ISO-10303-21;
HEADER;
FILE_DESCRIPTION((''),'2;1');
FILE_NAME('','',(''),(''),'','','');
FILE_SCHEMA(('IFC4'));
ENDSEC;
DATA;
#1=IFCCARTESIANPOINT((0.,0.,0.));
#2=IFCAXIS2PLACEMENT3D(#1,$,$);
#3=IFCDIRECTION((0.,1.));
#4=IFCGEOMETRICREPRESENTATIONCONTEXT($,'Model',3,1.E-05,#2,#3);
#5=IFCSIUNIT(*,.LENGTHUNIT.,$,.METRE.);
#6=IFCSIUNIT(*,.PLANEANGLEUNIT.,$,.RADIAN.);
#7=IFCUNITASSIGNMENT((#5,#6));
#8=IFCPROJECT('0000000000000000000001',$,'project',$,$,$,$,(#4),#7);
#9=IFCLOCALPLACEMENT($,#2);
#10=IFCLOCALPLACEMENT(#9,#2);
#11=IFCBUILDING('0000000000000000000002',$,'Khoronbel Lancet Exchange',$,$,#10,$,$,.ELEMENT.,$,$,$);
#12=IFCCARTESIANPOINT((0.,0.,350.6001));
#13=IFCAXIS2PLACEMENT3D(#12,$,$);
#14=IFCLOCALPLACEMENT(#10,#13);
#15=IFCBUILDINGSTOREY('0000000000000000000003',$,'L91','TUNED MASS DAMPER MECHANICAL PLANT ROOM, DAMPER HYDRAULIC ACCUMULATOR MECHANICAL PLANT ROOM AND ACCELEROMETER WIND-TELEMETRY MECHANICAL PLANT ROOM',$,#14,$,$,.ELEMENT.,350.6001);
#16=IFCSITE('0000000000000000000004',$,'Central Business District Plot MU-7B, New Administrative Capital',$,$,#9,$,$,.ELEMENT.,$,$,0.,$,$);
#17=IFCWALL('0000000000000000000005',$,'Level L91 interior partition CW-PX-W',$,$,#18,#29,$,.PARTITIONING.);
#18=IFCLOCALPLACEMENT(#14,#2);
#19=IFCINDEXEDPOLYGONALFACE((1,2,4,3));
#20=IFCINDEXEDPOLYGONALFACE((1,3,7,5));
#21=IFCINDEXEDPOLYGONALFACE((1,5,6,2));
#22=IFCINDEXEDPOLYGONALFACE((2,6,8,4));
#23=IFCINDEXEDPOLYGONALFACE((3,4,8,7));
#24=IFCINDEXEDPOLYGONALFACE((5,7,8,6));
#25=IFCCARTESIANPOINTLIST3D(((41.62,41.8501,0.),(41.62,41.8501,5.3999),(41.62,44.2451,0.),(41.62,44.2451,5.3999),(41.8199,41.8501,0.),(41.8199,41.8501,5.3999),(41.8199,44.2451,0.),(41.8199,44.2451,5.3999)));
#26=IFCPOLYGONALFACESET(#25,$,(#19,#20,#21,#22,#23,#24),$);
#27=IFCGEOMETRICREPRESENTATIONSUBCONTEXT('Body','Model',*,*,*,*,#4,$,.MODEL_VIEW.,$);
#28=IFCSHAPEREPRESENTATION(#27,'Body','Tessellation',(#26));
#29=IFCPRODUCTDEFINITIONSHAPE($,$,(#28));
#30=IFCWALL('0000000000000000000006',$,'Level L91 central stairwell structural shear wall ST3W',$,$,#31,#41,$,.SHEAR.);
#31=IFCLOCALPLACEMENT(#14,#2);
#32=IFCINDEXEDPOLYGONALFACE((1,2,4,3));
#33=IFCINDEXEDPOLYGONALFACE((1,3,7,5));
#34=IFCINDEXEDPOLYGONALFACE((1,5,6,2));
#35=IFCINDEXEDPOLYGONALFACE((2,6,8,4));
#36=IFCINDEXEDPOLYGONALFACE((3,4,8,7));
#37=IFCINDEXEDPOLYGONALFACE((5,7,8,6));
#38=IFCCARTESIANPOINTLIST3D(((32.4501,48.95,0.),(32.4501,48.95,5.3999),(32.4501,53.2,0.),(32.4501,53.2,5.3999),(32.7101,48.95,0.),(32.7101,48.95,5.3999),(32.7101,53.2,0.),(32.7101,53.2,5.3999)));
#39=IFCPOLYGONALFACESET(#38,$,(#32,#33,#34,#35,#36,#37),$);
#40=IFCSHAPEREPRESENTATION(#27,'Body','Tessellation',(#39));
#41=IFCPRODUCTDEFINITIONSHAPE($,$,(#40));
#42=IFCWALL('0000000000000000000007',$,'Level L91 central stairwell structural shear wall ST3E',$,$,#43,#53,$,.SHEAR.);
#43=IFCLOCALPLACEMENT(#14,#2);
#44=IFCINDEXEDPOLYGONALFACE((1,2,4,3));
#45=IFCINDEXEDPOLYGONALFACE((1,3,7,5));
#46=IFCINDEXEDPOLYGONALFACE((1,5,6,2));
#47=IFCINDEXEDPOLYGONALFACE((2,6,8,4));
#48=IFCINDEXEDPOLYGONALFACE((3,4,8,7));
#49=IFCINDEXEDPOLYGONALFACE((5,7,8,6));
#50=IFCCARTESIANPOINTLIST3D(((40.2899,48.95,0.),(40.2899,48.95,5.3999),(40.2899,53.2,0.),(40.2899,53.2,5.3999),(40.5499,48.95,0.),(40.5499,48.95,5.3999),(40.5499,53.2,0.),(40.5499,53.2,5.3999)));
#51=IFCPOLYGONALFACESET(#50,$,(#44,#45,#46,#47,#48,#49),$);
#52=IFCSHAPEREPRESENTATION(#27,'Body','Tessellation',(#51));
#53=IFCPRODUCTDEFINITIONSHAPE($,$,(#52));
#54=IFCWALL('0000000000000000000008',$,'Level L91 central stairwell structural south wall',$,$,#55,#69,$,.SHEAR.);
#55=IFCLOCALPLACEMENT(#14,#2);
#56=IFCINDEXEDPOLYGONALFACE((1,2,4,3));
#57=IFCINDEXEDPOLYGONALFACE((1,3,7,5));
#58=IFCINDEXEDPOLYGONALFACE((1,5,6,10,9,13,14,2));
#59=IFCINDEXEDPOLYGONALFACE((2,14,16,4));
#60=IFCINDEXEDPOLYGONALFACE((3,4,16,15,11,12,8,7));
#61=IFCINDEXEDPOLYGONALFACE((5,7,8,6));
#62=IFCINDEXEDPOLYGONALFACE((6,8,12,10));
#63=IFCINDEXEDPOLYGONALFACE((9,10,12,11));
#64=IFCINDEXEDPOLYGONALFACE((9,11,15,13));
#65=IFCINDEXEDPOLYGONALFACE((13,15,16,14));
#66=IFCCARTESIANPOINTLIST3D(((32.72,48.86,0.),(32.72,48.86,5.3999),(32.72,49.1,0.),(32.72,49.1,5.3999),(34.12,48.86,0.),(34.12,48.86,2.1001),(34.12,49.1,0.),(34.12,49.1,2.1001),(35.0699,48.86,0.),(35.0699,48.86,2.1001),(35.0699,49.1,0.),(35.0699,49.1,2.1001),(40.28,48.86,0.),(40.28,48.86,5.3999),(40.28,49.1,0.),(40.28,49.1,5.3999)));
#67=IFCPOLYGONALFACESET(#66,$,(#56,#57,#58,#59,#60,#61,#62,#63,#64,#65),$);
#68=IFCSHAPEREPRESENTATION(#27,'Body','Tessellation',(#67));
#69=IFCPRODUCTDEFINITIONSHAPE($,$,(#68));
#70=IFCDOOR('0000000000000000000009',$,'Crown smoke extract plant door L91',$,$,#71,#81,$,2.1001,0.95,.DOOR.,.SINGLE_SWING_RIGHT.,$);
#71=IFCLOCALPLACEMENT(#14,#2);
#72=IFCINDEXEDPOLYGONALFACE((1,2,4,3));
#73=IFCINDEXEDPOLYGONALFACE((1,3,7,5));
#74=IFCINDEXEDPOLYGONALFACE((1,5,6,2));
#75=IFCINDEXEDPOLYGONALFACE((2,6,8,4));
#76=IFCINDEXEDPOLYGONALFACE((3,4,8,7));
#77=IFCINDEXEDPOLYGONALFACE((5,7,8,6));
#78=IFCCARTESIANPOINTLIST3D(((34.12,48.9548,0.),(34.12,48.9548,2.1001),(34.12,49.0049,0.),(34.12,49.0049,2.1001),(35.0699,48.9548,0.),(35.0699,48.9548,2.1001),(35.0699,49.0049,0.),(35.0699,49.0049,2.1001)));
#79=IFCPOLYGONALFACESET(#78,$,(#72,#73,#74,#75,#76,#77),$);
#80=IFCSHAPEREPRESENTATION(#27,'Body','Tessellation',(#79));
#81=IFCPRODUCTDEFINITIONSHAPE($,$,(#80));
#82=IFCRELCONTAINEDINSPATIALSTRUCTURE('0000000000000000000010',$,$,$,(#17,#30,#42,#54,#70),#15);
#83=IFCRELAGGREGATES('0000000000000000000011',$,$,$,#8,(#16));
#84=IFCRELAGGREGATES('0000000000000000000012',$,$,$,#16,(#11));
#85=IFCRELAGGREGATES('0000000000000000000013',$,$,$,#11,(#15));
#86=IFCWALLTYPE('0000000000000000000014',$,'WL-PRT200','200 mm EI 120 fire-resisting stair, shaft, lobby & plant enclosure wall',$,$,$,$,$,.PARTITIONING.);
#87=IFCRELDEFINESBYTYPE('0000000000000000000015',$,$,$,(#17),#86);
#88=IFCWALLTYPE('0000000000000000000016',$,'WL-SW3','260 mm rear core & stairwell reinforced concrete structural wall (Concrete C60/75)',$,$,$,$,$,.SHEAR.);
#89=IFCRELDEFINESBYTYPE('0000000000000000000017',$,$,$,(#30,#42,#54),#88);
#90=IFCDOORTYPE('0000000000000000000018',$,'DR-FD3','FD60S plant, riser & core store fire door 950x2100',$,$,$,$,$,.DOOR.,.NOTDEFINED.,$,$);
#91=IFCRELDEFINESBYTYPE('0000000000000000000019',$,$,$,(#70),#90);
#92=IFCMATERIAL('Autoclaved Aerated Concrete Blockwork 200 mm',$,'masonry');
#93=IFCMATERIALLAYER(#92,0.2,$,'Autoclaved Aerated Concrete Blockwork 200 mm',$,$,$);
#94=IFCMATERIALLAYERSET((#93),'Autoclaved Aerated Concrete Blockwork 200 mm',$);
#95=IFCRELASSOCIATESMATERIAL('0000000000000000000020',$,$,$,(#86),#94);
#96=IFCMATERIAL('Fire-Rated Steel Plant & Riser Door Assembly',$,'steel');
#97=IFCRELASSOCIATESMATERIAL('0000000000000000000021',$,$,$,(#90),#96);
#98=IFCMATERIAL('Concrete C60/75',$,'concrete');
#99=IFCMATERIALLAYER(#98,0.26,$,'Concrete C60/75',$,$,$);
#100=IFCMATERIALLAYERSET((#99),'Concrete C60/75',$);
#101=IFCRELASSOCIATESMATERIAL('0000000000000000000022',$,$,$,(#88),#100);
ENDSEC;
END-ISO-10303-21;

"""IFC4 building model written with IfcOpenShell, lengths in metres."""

from ifc_helpers import new_model, si_unit, direction, frame, frame_2d, origin, place, context, subcontext, project, spatial, rectangle, extrude, material, layer, layer_set, type_object, element, fill, save


model = new_model("IFC4")

# Units and contexts
model_context = context("Model", 3, precision=1e-05, world=origin(), true_north=direction((0.0, 1.0)))
body_context = subcontext(model_context, "Body", "Model", "MODEL_VIEW")
ifc_project = project(units=[si_unit("LENGTHUNIT", "METRE"), si_unit("PLANEANGLEUNIT", "RADIAN")], contexts=[model_context])

# Site, building, storey
site_placement = place(None, origin())
site = spatial("IfcSite", under=ifc_project, at=site_placement, Name="Central Business District Plot MU-7B, New Administrative Capital", CompositionType="ELEMENT", RefElevation=0.0)
building_placement = place(site_placement, origin())
building = spatial("IfcBuilding", under=site, at=building_placement, Name="Khoronbel Lancet Exchange", CompositionType="ELEMENT")
storey_placement = place(building_placement, frame((0.0, 0.0, 350.6001)))
storey = spatial("IfcBuildingStorey", under=building, at=storey_placement, Name="L91", Description="TUNED MASS DAMPER MECHANICAL PLANT ROOM, DAMPER HYDRAULIC ACCUMULATOR MECHANICAL PLANT ROOM AND ACCELEROMETER WIND-TELEMETRY MECHANICAL PLANT ROOM", CompositionType="ELEMENT", Elevation=350.6001)

# Shared definitions
ifc_material_1 = material(Name="Concrete C60/75", Category="concrete")

# Shared definitions
ifc_material_2 = material(Name="Autoclaved Aerated Concrete Blockwork 200 mm", Category="masonry")
ifc_layer_1 = layer(ifc_material_2, 0.2, Name="Autoclaved Aerated Concrete Blockwork 200 mm")
ifc_layer_set_1 = layer_set([ifc_layer_1], Name="Autoclaved Aerated Concrete Blockwork 200 mm")
wall_type_1 = type_object("IfcWallType", Name="WL-PRT200", Description="200 mm EI 120 fire-resisting stair, shaft, lobby & plant enclosure wall", PredefinedType="PARTITIONING", material=ifc_layer_set_1)

# Shared definitions
ifc_material_3 = material(Name="Fire-Rated Steel Plant & Riser Door Assembly", Category="steel")
door_type_1 = type_object("IfcDoorType", Name="DR-FD3", Description="FD60S plant, riser & core store fire door 950x2100", OperationType="NOTDEFINED", PredefinedType="DOOR", material=ifc_material_3)

# Walls
wall_1_placement = place(storey_placement, frame((41.72, 41.8501, 0.0), z_axis=(0.0, 0.0, 1.0), x_axis=(0.0, 1.0, 0.0)))
element("IfcWall", 1, at=wall_1_placement, inside=storey, type_object=wall_type_1, Name="Level L91 interior partition CW-PX-W", PredefinedType="PARTITIONING", context=body_context, shape_type="SweptSolid", body=[
    extrude(rectangle(XDim=2.395, YDim=0.2, at=frame_2d((1.1975, 0.0))), origin(), (0.0, 0.0, 1.0), 5.3999),
])
ifc_layer_2 = layer(ifc_material_1, 0.26, Name="Concrete C60/75")
ifc_layer_set_2 = layer_set([ifc_layer_2], Name="Concrete C60/75")
wall_type_2 = type_object("IfcWallType", Name="WL-SW3", Description="260 mm rear core & stairwell reinforced concrete structural wall (Concrete C60/75)", PredefinedType="SHEAR", material=ifc_layer_set_2)
for number, where, z_axis, x_axis, name in (
    (2, (32.5801, 48.95, 0.0), (0.0, 0.0, 1.0), (0.0, 1.0, 0.0), "Level L91 central stairwell structural shear wall ST3W"),
    (3, (40.4199, 48.95, 0.0), (0.0, 0.0, 1.0), (0.0, 1.0, 0.0), "Level L91 central stairwell structural shear wall ST3E"),
):
    element("IfcWall", number, at=place(storey_placement, frame(where, z_axis=z_axis, x_axis=x_axis)), inside=storey, type_object=wall_type_2, Name=name, PredefinedType="SHEAR", context=body_context, shape_type="SweptSolid", body=[
        extrude(rectangle(XDim=4.25, YDim=0.26, at=frame_2d((2.125, 0.0))), origin(), (0.0, 0.0, 1.0), 5.3999),
    ])

# Wall, opening, door
wall_2_placement = place(storey_placement, frame((32.72, 48.98, 0.0), z_axis=(0.0, 0.0, 1.0), x_axis=(1.0, 0.0, 0.0)))
wall_2 = element("IfcWall", 4, at=wall_2_placement, inside=storey, type_object=wall_type_2, Name="Level L91 central stairwell structural south wall", PredefinedType="SHEAR", context=body_context, shape_type="SweptSolid", body=[
    extrude(rectangle(XDim=7.5601, YDim=0.24, at=frame_2d((3.78, 0.0))), origin(), (0.0, 0.0, 1.0), 5.3999),
])
opening_1_placement = place(wall_2_placement, frame((1.3999, 0.0, 0.0)))
opening_1 = element("IfcOpeningElement", 5, at=opening_1_placement, cuts=wall_2, PredefinedType="OPENING", context=body_context, shape_type="SweptSolid", body=[
    extrude(rectangle(XDim=0.95, YDim=2.1001, at=frame_2d((0.4751, 1.05))), frame((0.0, 0.1299, 0.0), z_axis=(0.0, -1.0, 0.0), x_axis=(1.0, 0.0, 0.0)), (0.0, 0.0, 1.0), 0.26),
])
door_1_placement = place(opening_1_placement, origin())
door_1 = element("IfcDoor", 6, at=door_1_placement, inside=storey, type_object=door_type_1, Name="Crown smoke extract plant door L91", OperationType="SINGLE_SWING_RIGHT", OverallHeight=2.1001, OverallWidth=0.95, PredefinedType="DOOR", context=body_context, shape_type="SweptSolid", body=[
    extrude(rectangle(XDim=0.95, YDim=2.1001, at=frame_2d((0.4751, 1.05))), frame((0.0, 0.0249, 0.0), z_axis=(0.0, -1.0, 0.0), x_axis=(1.0, 0.0, 0.0)), (0.0, 0.0, 1.0), 0.05),
])
fill(opening_1, door_1)

save(model, "model.ifc")
